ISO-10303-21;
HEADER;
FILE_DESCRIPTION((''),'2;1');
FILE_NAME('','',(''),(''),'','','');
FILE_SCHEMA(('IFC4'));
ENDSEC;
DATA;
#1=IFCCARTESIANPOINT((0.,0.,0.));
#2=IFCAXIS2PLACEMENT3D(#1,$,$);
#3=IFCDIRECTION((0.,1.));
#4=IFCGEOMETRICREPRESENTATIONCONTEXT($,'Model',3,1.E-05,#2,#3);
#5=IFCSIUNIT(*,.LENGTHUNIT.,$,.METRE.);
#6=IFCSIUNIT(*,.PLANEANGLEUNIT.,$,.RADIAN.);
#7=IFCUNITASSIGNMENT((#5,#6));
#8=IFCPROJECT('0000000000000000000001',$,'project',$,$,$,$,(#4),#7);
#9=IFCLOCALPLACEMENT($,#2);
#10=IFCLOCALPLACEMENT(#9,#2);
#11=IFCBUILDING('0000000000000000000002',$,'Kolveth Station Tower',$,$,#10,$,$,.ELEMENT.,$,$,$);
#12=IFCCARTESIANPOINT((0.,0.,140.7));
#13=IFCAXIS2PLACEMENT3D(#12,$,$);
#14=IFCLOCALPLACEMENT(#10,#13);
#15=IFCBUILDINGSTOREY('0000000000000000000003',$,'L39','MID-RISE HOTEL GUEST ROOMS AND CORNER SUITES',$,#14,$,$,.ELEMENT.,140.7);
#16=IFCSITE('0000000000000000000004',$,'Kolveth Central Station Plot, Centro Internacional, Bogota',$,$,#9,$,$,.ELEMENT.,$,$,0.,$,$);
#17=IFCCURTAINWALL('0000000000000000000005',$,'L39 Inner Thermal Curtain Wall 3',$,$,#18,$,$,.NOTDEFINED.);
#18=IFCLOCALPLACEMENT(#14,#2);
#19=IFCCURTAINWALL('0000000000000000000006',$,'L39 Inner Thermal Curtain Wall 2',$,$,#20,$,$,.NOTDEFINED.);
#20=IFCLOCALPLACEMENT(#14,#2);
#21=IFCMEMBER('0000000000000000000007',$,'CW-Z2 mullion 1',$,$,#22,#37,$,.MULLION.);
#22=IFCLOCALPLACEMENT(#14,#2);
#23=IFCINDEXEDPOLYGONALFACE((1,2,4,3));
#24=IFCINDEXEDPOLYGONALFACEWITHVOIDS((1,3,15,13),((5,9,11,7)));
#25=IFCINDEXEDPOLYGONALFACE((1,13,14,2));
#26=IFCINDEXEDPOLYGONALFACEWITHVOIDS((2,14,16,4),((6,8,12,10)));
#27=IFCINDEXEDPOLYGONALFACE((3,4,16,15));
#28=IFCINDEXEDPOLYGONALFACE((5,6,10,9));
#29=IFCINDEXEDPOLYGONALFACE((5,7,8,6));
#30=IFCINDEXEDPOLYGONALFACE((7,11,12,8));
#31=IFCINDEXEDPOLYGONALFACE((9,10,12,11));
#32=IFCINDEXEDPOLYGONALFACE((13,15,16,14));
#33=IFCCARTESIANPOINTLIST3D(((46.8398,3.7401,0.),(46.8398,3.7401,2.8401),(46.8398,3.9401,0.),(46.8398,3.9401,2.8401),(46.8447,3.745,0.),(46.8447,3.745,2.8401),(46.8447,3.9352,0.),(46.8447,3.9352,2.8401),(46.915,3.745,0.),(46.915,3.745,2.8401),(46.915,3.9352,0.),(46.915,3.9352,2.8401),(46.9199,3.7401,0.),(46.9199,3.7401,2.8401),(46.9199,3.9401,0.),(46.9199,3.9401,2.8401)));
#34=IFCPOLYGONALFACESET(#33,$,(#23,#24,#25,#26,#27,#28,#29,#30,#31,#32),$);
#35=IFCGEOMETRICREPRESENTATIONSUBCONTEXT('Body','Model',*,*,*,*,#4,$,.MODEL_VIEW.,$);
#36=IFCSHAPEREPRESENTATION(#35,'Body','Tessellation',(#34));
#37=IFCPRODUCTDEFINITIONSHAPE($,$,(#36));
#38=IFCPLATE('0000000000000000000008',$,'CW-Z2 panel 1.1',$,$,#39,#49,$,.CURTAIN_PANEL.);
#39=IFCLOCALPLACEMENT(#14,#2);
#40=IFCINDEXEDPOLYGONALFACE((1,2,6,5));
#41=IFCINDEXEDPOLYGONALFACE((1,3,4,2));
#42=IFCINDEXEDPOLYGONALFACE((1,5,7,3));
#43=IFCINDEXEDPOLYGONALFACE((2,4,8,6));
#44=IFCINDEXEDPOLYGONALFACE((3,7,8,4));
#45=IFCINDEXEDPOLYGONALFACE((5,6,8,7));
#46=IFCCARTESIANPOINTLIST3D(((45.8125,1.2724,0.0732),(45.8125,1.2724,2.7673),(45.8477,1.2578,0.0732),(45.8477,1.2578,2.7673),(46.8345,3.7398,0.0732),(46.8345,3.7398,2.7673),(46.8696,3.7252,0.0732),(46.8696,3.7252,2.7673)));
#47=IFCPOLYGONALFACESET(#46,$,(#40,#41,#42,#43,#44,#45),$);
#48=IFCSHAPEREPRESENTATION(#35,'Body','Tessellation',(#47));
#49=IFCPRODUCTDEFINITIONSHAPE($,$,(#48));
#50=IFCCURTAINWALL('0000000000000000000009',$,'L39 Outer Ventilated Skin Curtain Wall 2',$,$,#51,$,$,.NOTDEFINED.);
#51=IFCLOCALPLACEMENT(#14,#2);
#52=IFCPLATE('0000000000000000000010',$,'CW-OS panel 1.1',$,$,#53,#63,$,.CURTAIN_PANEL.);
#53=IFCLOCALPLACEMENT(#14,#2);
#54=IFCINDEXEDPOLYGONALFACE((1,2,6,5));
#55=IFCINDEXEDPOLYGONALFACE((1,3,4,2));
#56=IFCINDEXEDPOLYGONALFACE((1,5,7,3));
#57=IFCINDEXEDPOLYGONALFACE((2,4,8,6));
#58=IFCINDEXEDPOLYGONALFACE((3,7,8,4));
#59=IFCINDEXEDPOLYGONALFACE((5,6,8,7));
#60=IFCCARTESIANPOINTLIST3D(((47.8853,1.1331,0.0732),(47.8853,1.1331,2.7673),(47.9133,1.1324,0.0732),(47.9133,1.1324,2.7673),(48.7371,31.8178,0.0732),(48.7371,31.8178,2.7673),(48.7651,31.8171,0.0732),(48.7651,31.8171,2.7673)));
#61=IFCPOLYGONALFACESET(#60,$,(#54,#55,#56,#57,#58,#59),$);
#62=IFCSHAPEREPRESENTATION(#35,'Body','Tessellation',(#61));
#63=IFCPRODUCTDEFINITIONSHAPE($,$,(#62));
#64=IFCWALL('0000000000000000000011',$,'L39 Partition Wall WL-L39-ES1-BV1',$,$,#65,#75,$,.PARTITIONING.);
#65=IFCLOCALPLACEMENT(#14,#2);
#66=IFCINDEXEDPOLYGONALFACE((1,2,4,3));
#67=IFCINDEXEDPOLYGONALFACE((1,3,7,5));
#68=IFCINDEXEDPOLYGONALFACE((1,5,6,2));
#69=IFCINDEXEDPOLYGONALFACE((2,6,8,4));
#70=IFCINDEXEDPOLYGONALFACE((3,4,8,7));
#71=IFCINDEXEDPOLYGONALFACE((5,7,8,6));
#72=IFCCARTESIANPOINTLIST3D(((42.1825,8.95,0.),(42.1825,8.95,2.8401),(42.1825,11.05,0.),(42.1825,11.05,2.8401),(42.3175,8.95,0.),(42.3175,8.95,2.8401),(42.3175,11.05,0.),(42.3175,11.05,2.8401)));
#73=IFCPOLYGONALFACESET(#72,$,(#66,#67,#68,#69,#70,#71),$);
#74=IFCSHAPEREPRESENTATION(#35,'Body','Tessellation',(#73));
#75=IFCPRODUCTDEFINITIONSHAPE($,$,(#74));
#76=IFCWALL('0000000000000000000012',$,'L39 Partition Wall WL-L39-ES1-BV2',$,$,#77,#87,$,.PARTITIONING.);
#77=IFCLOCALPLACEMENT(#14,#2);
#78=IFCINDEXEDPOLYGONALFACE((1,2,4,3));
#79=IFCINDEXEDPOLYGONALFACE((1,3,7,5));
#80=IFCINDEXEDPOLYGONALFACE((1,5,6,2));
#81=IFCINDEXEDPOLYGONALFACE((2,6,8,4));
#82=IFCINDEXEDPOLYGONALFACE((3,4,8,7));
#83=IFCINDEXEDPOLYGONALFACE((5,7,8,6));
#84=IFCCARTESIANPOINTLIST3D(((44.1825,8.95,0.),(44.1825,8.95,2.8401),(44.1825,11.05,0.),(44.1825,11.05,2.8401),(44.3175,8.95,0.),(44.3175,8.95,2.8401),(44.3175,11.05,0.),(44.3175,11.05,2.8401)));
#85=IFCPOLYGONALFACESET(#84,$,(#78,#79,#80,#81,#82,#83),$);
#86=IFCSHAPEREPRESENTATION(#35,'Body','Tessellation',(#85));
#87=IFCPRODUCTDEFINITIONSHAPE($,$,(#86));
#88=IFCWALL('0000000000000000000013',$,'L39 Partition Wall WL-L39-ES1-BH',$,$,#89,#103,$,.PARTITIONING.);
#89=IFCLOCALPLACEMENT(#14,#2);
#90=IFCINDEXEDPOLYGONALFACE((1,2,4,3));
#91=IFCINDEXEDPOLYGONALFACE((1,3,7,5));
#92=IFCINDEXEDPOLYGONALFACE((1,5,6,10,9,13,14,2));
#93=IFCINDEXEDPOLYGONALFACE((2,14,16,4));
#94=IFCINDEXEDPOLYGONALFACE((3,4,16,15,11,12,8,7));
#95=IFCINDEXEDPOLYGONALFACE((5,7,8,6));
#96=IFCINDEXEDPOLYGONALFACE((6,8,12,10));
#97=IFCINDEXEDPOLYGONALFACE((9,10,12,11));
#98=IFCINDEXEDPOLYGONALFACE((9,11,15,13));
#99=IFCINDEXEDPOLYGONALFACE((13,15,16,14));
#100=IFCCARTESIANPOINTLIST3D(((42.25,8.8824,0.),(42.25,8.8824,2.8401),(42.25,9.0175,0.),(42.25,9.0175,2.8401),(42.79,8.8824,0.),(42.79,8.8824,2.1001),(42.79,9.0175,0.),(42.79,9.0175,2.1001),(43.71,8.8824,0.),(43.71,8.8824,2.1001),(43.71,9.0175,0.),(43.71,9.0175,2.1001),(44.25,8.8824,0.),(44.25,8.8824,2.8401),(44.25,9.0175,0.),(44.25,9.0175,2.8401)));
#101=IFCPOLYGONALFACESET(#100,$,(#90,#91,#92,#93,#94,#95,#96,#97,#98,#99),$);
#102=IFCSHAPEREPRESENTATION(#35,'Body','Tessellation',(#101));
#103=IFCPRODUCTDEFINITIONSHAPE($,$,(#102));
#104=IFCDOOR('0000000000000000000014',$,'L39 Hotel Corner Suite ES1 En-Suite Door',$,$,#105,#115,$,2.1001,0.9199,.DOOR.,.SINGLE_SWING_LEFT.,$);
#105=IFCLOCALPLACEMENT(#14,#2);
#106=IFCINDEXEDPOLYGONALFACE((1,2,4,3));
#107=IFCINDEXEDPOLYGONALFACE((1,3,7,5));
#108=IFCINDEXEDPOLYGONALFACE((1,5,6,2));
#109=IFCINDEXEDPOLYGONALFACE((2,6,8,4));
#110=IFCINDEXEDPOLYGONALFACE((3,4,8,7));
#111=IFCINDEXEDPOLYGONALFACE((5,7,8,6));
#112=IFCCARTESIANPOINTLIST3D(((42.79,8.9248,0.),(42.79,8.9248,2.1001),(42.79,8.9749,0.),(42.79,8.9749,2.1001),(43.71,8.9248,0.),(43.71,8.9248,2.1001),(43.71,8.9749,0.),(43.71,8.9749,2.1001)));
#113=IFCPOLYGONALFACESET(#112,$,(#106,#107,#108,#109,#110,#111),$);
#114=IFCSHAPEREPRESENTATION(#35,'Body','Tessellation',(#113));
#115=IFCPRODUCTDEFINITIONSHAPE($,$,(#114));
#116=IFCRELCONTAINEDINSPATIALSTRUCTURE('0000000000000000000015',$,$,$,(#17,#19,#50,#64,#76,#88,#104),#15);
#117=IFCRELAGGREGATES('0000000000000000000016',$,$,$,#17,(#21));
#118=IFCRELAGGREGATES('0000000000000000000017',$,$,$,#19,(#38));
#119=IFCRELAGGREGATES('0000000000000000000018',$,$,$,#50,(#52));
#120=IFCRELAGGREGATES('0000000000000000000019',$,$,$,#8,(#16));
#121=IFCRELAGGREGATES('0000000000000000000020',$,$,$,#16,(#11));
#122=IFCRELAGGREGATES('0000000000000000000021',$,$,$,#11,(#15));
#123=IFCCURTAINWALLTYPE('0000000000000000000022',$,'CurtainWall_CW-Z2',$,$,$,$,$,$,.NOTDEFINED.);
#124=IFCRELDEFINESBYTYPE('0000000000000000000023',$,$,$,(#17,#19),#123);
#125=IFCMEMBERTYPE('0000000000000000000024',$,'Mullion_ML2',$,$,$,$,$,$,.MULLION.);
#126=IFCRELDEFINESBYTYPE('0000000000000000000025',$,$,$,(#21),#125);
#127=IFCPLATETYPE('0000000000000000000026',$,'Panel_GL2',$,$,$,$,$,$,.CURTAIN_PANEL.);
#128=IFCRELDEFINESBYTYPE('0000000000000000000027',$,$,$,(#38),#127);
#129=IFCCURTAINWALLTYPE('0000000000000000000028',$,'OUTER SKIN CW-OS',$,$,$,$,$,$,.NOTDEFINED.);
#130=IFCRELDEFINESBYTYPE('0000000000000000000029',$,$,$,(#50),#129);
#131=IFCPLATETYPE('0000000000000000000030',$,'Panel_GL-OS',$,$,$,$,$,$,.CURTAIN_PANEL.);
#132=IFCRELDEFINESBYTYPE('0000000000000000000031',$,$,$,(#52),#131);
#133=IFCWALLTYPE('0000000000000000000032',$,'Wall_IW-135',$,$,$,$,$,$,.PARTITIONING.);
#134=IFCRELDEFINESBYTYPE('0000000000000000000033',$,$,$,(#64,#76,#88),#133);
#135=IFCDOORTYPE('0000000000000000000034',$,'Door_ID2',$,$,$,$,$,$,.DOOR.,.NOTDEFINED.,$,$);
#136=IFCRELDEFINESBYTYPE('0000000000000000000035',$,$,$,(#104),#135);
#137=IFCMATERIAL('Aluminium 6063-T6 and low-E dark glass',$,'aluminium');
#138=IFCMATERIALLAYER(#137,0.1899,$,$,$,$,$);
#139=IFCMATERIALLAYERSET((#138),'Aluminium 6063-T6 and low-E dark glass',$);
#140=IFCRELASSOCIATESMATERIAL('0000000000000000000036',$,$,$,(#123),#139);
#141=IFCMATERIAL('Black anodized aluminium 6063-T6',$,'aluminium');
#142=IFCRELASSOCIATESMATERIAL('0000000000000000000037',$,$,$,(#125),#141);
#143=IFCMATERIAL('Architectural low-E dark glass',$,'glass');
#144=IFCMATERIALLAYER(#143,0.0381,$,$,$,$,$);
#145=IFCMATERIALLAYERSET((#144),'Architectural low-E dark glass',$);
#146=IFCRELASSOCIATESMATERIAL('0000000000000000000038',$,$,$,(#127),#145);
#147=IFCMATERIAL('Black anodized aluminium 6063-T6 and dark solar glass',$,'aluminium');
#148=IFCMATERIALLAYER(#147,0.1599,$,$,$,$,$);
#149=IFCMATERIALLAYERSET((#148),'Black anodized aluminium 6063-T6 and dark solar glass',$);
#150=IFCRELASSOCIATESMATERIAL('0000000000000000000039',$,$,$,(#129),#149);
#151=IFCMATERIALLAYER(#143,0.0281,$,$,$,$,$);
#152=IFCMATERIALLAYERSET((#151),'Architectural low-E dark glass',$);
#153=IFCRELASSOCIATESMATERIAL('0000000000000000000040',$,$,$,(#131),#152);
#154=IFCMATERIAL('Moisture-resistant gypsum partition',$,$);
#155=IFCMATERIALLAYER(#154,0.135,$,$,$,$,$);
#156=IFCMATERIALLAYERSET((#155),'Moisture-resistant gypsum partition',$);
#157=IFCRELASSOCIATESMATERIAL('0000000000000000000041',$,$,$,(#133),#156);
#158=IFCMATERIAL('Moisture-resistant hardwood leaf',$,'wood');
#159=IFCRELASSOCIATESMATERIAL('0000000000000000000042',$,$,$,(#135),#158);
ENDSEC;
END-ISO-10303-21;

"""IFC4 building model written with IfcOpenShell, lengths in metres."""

from ifc_helpers import new_model, si_unit, direction, frame, frame_2d, origin, origin_2d, place, context, subcontext, project, spatial, rectangle, hollow_rectangle, extrude, source, transform, mapped, material, layer, layer_set, material_profile, profile_set, type_object, element, fill, aggregate, save


model = new_model("IFC4")

# Units and contexts
model_context = context("Model", 3, precision=1e-05, world=origin(), true_north=direction((0.0, 1.0)))
body_context = subcontext(model_context, "Body", "Model", "MODEL_VIEW")
ifc_project = project(units=[si_unit("LENGTHUNIT", "METRE"), si_unit("PLANEANGLEUNIT", "RADIAN")], contexts=[model_context])

# Site, building, storey
site_placement = place(None, origin())
site = spatial("IfcSite", under=ifc_project, at=site_placement, Name="Kolveth Central Station Plot, Centro Internacional, Bogota", CompositionType="ELEMENT", RefElevation=0.0)
building_placement = place(site_placement, origin())
building = spatial("IfcBuilding", under=site, at=building_placement, Name="Kolveth Station Tower", CompositionType="ELEMENT")
storey_placement = place(building_placement, frame((0.0, 0.0, 140.7)))
storey = spatial("IfcBuildingStorey", under=building, at=storey_placement, Name="L39", Description="MID-RISE HOTEL GUEST ROOMS AND CORNER SUITES", CompositionType="ELEMENT", Elevation=140.7)

# Curtain wall
ifc_material_1 = material(Name="Aluminium 6063-T6 and low-E dark glass", Category="aluminium")
ifc_layer_1 = layer(ifc_material_1, 0.1899)
ifc_layer_set_1 = layer_set([ifc_layer_1], Name="Aluminium 6063-T6 and low-E dark glass")
curtain_wall_type_1 = type_object("IfcCurtainWallType", Name="CurtainWall_CW-Z2", PredefinedType="NOTDEFINED", material=ifc_layer_set_1)
curtain_wall_1_placement = place(storey_placement, origin())
curtain_wall_1 = element("IfcCurtainWall", 1, at=curtain_wall_1_placement, inside=storey, type_object=curtain_wall_type_1, Name="L39 Inner Thermal Curtain Wall 3", PredefinedType="NOTDEFINED")
ifc_material_2 = material(Name="Black anodized aluminium 6063-T6", Category="aluminium")

# Curtain wall
curtain_wall_2_placement = place(storey_placement, origin())
curtain_wall_2 = element("IfcCurtainWall", 2, at=curtain_wall_2_placement, inside=storey, type_object=curtain_wall_type_1, Name="L39 Inner Thermal Curtain Wall 2", PredefinedType="NOTDEFINED")
ifc_material_profile_1 = material_profile(ifc_material_2, hollow_rectangle(XDim=0.0801, YDim=0.2, WallThickness=0.0049, at=origin_2d()), Name="ALU-80x200x5")
ifc_profile_set_1 = profile_set([ifc_material_profile_1], Name="Black anodized aluminium 6063-T6")
member_type_1 = type_object("IfcMemberType", Name="Mullion_ML2", PredefinedType="MULLION", material=ifc_profile_set_1)
shared_shape_1 = source(origin(), body_context, "Body", "SweptSolid", [
    extrude(hollow_rectangle(XDim=0.0801, YDim=0.2, WallThickness=0.0049, at=origin_2d()), origin(), (0.0, 0.0, 1.0), 2.8401),
])

# Member
member_1_placement = place(storey_placement, frame((46.8799, 3.8401, 0.0), z_axis=(0.0, 0.0, 1.0), x_axis=(-1.0, 0.0, 0.0)))
member_1 = element("IfcMember", 3, at=member_1_placement, type_object=member_type_1, Name="CW-Z2 mullion 1", PredefinedType="MULLION", context=body_context, shape_type="MappedRepresentation", body=[
    mapped(shared_shape_1, transform((0.0, 0.0, 0.0), x_axis=(1.0, 0.0, 0.0), y_axis=(0.0, 1.0, 0.0), z_axis=(0.0, 0.0, 1.0), scale=1.0)),
])
aggregate(curtain_wall_1, [member_1])

# Plate
ifc_material_3 = material(Name="Architectural low-E dark glass", Category="glass")
ifc_layer_2 = layer(ifc_material_3, 0.0381)
ifc_layer_set_2 = layer_set([ifc_layer_2], Name="Architectural low-E dark glass")
plate_type_1 = type_object("IfcPlateType", Name="Panel_GL2", PredefinedType="CURTAIN_PANEL", material=ifc_layer_set_2)
shared_shape_2 = source(origin(), body_context, "Body", "SweptSolid", [
    extrude(rectangle(XDim=2.6707, YDim=0.0381, at=origin_2d()), origin(), (0.0, 0.0, 1.0), 2.6941),
])
plate_1_placement = place(storey_placement, frame((46.3411, 2.4988, 0.0732), z_axis=(0.0, 0.0, 1.0), x_axis=(0.382663, 0.923888, 0.0)))
plate_1 = element("IfcPlate", 4, at=plate_1_placement, type_object=plate_type_1, Name="CW-Z2 panel 1.1", PredefinedType="CURTAIN_PANEL", context=body_context, shape_type="MappedRepresentation", body=[
    mapped(shared_shape_2, transform((0.0, 0.0, 0.0), x_axis=(1.0, 0.0, 0.0), y_axis=(0.0, 1.0, 0.0), z_axis=(0.0, 0.0, 1.0), scale=1.0)),
])
aggregate(curtain_wall_2, [plate_1])

# Curtain wall, plate
ifc_material_4 = material(Name="Black anodized aluminium 6063-T6 and dark solar glass", Category="aluminium")
ifc_layer_3 = layer(ifc_material_4, 0.1599)
ifc_layer_set_3 = layer_set([ifc_layer_3], Name="Black anodized aluminium 6063-T6 and dark solar glass")
curtain_wall_type_2 = type_object("IfcCurtainWallType", Name="OUTER SKIN CW-OS", PredefinedType="NOTDEFINED", material=ifc_layer_set_3)
curtain_wall_3_placement = place(storey_placement, origin())
curtain_wall_3 = element("IfcCurtainWall", 5, at=curtain_wall_3_placement, inside=storey, type_object=curtain_wall_type_2, Name="L39 Outer Ventilated Skin Curtain Wall 2", PredefinedType="NOTDEFINED")
ifc_layer_4 = layer(ifc_material_3, 0.0281)
ifc_layer_set_4 = layer_set([ifc_layer_4], Name="Architectural low-E dark glass")
plate_type_2 = type_object("IfcPlateType", Name="Panel_GL-OS", PredefinedType="CURTAIN_PANEL", material=ifc_layer_set_4)
shared_shape_3 = source(origin(), body_context, "Body", "SweptSolid", [
    extrude(rectangle(XDim=30.6965, YDim=0.0281, at=origin_2d()), origin(), (0.0, 0.0, 1.0), 2.6941),
])
plate_2_placement = place(storey_placement, frame((48.3252, 16.4751, 0.0732), z_axis=(0.0, 0.0, 1.0), x_axis=(0.027749, 0.999615, 0.0)))
plate_2 = element("IfcPlate", 6, at=plate_2_placement, type_object=plate_type_2, Name="CW-OS panel 1.1", PredefinedType="CURTAIN_PANEL", context=body_context, shape_type="MappedRepresentation", body=[
    mapped(shared_shape_3, transform((0.0, 0.0, 0.0), x_axis=(1.0, 0.0, 0.0), y_axis=(0.0, 1.0, 0.0), z_axis=(0.0, 0.0, 1.0), scale=1.0)),
])
aggregate(curtain_wall_3, [plate_2])

# Walls
ifc_material_5 = material(Name="Moisture-resistant gypsum partition")
ifc_layer_5 = layer(ifc_material_5, 0.135)
ifc_layer_set_5 = layer_set([ifc_layer_5], Name="Moisture-resistant gypsum partition")
wall_type = type_object("IfcWallType", Name="Wall_IW-135", PredefinedType="PARTITIONING", material=ifc_layer_set_5)
for number, where, z_axis, x_axis, name in (
    (7, (42.25, 8.95, 0.0), (0.0, 0.0, 1.0), (0.0, 1.0, 0.0), "L39 Partition Wall WL-L39-ES1-BV1"),
    (8, (44.25, 8.95, 0.0), (0.0, 0.0, 1.0), (0.0, 1.0, 0.0), "L39 Partition Wall WL-L39-ES1-BV2"),
):
    element("IfcWall", number, at=place(storey_placement, frame(where, z_axis=z_axis, x_axis=x_axis)), inside=storey, type_object=wall_type, Name=name, PredefinedType="PARTITIONING", context=body_context, shape_type="SweptSolid", body=[
        extrude(rectangle(XDim=2.1001, YDim=0.135, at=frame_2d((1.05, 0.0))), origin(), (0.0, 0.0, 1.0), 2.8401),
    ])

# Wall, opening, door
wall_placement = place(storey_placement, frame((42.25, 8.95, 0.0), z_axis=(0.0, 0.0, 1.0), x_axis=(1.0, 0.0, 0.0)))
wall = element("IfcWall", 9, at=wall_placement, inside=storey, type_object=wall_type, Name="L39 Partition Wall WL-L39-ES1-BH", PredefinedType="PARTITIONING", context=body_context, shape_type="SweptSolid", body=[
    extrude(rectangle(XDim=2.0, YDim=0.135, at=frame_2d((1.0, 0.0))), origin(), (0.0, 0.0, 1.0), 2.8401),
])
opening_placement = place(wall_placement, frame((0.54, 0.0, 0.0)))
opening = element("IfcOpeningElement", 10, at=opening_placement, cuts=wall, PredefinedType="OPENING", context=body_context, shape_type="SweptSolid", body=[
    extrude(rectangle(XDim=0.9199, YDim=2.1001, at=frame_2d((0.46, 1.05))), frame((0.0, 0.0774, 0.0), z_axis=(0.0, -1.0, 0.0), x_axis=(1.0, 0.0, 0.0)), (0.0, 0.0, 1.0), 0.155),
])
ifc_material_6 = material(Name="Moisture-resistant hardwood leaf", Category="wood")
door_type = type_object("IfcDoorType", Name="Door_ID2", OperationType="NOTDEFINED", PredefinedType="DOOR", material=ifc_material_6)
door_placement = place(opening_placement, origin())
door = element("IfcDoor", 11, at=door_placement, inside=storey, type_object=door_type, Name="L39 Hotel Corner Suite ES1 En-Suite Door", OperationType="SINGLE_SWING_LEFT", OverallHeight=2.1001, OverallWidth=0.9199, PredefinedType="DOOR", context=body_context, shape_type="SweptSolid", body=[
    extrude(rectangle(XDim=0.9199, YDim=2.1001, at=frame_2d((0.46, 1.05))), frame((0.0, 0.0249, 0.0), z_axis=(0.0, -1.0, 0.0), x_axis=(1.0, 0.0, 0.0)), (0.0, 0.0, 1.0), 0.05),
])
fill(opening, door)

save(model, "model.ifc")
